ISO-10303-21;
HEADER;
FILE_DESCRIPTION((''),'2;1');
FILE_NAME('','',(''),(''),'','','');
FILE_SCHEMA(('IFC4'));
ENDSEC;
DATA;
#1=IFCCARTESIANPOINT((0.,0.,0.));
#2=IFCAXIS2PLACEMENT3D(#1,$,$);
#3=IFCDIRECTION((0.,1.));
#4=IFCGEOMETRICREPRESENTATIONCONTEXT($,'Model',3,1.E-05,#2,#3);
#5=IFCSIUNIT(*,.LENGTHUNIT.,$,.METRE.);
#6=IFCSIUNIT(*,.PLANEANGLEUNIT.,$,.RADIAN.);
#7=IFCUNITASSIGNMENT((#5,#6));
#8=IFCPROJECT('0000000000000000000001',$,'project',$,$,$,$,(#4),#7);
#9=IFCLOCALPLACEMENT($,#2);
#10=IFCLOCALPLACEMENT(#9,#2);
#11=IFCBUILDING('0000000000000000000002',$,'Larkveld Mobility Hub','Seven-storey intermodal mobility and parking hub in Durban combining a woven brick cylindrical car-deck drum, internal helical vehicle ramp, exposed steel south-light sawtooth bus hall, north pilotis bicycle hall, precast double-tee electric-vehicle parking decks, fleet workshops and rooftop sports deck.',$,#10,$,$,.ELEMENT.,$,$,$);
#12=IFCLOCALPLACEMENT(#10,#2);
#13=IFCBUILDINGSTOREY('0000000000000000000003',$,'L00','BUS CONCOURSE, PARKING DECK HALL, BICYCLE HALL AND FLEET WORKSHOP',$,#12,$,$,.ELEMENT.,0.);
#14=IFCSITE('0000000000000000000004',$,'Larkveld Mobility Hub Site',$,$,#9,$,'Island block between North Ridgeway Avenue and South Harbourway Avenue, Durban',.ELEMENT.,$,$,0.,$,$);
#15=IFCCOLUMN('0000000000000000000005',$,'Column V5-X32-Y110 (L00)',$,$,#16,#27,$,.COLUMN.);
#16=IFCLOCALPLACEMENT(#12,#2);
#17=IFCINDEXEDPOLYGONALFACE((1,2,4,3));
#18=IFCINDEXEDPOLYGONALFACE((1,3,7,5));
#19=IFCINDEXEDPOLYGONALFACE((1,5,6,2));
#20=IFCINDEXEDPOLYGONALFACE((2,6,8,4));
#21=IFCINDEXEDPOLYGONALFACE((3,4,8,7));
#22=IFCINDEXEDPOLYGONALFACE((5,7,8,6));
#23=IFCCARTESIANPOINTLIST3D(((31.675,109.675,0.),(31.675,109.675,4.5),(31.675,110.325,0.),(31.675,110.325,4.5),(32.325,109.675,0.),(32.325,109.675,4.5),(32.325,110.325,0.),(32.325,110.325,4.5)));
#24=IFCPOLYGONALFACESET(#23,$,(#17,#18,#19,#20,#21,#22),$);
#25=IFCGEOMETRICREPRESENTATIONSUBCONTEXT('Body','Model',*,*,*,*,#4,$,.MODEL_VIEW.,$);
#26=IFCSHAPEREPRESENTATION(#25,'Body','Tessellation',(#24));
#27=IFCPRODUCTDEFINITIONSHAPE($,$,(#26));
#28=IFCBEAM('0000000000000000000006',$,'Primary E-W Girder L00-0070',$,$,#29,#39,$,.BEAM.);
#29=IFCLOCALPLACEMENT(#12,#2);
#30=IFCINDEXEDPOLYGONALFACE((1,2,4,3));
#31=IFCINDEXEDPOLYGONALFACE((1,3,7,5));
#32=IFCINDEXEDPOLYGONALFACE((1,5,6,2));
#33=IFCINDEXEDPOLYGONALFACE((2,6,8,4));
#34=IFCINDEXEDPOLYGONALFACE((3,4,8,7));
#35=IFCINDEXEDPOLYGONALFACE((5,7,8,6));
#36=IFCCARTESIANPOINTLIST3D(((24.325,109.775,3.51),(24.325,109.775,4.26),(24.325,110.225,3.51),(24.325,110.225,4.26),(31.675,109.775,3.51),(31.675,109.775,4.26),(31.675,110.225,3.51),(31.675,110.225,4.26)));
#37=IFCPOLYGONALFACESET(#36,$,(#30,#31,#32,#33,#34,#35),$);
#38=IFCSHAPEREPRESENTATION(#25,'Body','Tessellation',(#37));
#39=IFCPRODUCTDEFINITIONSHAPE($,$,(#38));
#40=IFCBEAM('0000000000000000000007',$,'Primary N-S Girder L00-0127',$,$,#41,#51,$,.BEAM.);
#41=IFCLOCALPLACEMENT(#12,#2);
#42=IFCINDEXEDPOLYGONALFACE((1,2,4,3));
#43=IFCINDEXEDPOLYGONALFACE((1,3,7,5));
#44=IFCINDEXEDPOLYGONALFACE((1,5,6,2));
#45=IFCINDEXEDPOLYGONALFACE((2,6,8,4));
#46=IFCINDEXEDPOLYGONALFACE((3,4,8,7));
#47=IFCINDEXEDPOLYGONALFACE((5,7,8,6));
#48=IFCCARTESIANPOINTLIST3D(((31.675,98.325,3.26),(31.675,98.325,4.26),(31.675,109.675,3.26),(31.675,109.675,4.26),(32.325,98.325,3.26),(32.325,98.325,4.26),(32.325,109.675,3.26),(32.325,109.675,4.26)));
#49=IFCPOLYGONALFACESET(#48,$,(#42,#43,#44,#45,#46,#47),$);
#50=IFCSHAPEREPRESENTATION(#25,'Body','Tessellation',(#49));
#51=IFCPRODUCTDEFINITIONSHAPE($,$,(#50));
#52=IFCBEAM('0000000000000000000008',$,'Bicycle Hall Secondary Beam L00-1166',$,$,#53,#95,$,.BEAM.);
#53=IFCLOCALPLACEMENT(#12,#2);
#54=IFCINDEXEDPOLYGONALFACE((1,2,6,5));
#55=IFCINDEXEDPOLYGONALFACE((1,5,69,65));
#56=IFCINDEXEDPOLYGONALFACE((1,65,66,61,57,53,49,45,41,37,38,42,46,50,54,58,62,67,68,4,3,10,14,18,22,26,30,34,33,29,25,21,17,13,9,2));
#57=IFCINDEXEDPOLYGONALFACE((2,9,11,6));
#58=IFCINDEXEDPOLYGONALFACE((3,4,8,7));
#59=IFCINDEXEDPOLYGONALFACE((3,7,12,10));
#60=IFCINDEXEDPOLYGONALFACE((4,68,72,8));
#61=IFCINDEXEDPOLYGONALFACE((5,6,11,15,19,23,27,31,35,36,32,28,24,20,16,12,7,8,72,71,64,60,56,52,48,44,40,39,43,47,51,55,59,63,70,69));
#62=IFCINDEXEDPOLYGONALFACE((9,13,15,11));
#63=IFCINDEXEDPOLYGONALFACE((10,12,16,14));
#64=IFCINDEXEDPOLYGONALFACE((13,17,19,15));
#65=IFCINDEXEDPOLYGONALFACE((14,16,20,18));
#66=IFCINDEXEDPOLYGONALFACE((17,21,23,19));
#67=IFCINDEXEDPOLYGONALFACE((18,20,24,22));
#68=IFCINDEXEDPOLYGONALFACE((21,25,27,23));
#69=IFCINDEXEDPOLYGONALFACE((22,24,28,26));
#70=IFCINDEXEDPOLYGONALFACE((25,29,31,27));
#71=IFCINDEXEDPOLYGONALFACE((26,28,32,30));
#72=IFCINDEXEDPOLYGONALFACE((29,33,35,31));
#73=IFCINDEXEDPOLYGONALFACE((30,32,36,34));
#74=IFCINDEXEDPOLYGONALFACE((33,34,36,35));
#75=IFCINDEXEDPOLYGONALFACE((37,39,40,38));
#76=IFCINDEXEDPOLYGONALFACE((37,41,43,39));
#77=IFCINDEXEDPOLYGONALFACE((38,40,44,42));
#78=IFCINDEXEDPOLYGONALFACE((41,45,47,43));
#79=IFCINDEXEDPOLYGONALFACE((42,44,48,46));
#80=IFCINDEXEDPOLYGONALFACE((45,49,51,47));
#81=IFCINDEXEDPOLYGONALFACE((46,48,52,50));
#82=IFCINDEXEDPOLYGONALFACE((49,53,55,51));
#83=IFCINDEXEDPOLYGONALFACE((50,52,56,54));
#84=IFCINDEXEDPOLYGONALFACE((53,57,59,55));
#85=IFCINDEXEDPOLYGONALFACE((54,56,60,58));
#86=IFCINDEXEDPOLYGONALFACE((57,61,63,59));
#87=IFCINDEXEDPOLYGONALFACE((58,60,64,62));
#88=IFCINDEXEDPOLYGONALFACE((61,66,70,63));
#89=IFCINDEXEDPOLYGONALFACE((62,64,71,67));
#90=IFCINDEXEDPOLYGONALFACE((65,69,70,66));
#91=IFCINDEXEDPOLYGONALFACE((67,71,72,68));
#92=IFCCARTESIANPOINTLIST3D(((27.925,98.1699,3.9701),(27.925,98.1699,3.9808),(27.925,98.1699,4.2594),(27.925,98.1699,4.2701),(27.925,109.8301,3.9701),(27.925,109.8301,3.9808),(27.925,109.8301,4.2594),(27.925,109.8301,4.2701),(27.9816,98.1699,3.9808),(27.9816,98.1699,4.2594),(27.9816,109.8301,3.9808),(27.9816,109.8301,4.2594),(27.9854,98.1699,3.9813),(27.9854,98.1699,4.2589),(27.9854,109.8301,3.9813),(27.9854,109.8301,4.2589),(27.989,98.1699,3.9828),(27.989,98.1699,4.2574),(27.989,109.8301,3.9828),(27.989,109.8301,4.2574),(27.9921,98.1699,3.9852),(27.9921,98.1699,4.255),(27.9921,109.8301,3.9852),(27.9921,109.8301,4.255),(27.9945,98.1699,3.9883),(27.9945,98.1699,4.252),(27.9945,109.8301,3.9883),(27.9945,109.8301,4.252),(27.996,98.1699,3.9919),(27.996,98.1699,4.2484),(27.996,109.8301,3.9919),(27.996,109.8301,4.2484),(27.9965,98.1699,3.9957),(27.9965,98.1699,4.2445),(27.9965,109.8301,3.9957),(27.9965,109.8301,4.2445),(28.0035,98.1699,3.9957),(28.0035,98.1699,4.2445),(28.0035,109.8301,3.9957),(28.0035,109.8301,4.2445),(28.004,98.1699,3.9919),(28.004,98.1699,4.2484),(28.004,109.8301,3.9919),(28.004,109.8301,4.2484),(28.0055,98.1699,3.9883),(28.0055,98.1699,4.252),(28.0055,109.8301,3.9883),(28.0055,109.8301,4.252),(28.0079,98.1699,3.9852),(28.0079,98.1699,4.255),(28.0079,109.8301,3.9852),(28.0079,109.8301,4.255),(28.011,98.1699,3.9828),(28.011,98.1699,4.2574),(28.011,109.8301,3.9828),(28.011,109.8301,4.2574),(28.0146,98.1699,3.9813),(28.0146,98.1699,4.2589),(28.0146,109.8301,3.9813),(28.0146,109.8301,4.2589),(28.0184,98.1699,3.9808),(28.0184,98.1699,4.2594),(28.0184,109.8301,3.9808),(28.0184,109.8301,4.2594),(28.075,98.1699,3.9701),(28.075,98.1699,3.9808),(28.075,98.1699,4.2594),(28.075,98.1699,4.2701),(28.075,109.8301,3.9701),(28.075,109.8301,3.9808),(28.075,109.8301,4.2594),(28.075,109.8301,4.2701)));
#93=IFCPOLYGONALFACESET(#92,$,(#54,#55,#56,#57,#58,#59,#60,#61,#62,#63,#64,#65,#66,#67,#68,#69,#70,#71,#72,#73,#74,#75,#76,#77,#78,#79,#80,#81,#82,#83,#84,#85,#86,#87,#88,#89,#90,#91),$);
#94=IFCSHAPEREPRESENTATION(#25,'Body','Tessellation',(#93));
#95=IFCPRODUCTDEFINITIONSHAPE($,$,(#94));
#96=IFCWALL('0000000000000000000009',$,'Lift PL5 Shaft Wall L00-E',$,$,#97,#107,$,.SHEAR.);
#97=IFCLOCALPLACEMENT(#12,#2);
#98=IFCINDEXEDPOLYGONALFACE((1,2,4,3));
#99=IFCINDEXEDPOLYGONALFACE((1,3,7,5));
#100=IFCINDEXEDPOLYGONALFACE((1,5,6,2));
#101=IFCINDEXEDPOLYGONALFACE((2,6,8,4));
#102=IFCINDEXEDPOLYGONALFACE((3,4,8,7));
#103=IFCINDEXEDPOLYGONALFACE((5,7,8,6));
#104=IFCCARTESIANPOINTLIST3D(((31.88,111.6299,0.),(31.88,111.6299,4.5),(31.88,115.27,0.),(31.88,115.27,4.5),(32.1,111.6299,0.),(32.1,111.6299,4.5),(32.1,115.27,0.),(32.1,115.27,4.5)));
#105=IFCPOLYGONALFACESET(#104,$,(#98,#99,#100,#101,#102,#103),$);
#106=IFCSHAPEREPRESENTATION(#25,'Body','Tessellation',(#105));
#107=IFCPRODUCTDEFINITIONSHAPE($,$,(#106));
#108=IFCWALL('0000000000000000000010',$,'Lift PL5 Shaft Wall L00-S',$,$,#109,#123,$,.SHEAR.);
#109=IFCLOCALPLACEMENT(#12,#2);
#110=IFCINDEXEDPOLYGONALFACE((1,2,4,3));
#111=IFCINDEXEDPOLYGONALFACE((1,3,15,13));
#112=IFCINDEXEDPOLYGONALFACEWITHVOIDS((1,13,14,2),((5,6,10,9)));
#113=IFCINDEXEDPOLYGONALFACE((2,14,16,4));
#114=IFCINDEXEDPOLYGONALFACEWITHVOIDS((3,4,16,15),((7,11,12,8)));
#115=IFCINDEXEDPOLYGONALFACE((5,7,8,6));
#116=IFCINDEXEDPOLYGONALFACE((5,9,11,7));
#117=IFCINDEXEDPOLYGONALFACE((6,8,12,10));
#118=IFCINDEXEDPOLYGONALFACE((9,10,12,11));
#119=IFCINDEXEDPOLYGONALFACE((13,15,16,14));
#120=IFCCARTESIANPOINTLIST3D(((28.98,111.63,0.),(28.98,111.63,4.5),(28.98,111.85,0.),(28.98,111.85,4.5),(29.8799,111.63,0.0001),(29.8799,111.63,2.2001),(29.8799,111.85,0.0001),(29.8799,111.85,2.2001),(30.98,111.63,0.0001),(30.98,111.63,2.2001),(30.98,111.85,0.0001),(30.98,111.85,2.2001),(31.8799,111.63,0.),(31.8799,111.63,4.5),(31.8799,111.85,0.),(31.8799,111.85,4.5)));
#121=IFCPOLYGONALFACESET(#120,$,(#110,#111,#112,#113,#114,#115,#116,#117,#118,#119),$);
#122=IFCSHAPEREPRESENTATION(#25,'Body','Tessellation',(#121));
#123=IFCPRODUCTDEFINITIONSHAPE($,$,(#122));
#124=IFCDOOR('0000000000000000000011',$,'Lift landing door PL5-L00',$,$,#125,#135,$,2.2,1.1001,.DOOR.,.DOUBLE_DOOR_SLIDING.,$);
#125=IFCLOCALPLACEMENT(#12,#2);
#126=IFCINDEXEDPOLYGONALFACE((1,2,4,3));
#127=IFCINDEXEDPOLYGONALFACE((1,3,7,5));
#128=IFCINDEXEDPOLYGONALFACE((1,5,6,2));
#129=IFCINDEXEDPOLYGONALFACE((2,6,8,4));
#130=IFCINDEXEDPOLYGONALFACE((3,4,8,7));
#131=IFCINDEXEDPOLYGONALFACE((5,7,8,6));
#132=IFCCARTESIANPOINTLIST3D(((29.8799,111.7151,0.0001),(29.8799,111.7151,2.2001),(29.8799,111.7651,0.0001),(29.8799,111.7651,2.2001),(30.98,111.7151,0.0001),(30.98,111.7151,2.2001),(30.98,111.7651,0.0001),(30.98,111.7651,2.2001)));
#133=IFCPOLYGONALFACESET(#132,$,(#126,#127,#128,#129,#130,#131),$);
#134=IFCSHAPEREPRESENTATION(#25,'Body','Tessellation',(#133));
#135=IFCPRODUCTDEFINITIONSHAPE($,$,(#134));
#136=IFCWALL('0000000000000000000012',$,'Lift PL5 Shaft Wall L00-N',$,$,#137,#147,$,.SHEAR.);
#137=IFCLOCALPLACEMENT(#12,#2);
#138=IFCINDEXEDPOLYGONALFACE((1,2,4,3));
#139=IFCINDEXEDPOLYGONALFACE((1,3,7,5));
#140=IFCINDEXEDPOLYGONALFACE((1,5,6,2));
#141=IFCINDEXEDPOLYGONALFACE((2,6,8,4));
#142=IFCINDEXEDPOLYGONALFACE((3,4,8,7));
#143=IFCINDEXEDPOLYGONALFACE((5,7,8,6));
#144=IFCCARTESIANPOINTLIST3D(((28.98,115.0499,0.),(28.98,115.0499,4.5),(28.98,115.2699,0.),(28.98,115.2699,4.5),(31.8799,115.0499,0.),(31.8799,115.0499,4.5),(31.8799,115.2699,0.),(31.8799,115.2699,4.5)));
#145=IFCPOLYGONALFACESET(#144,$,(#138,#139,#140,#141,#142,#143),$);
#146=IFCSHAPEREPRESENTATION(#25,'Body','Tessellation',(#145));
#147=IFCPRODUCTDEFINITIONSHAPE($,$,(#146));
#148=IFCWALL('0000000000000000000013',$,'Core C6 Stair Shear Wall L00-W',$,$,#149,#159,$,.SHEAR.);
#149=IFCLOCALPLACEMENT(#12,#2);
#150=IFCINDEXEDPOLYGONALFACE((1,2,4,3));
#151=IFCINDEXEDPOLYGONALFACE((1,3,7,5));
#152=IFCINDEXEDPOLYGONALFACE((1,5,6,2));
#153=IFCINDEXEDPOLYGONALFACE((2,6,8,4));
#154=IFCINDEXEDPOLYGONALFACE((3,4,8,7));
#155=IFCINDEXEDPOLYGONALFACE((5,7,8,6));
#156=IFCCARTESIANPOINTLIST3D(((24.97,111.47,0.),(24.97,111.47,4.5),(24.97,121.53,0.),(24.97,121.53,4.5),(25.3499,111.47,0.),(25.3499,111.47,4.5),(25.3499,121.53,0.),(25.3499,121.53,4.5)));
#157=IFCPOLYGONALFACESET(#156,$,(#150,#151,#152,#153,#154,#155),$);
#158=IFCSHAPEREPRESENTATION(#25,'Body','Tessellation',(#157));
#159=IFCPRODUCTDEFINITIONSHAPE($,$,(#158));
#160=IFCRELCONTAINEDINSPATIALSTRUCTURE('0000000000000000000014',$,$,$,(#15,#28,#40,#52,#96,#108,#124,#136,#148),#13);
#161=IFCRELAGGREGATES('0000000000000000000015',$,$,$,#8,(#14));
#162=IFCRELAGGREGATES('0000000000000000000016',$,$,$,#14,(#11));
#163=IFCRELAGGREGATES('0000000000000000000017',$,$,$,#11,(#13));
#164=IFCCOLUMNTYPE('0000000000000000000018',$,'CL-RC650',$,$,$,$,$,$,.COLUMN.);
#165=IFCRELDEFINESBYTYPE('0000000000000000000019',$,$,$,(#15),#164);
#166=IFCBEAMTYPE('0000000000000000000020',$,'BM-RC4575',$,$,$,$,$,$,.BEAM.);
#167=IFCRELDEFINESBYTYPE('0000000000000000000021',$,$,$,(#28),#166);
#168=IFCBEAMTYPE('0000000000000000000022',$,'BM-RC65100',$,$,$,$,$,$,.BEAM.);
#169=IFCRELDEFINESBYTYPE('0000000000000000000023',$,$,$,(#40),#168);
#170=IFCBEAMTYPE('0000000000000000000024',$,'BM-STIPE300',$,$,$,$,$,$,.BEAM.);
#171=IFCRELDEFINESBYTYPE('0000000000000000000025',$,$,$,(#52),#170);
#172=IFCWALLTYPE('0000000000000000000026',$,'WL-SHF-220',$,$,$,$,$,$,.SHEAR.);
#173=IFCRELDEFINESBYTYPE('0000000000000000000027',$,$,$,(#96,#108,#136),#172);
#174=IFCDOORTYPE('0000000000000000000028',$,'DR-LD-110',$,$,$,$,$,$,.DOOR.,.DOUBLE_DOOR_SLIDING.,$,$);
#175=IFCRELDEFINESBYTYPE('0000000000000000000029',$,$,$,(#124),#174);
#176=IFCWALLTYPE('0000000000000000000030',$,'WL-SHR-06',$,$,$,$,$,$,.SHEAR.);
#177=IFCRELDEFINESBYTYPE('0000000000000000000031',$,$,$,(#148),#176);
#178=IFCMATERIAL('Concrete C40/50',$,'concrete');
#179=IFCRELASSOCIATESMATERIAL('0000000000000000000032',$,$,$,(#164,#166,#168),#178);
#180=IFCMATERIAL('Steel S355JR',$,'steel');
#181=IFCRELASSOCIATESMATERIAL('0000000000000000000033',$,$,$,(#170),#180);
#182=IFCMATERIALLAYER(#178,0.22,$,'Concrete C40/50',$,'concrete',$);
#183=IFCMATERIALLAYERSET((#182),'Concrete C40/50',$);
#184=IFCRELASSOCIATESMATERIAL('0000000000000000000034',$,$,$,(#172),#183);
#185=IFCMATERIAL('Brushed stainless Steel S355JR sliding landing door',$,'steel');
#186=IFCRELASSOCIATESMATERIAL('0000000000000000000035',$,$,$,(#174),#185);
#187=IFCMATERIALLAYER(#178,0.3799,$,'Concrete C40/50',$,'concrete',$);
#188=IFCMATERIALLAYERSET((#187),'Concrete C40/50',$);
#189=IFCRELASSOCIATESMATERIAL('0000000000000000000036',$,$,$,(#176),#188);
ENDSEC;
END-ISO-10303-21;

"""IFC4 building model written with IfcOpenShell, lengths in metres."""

from ifc_helpers import new_model, si_unit, direction, frame, frame_2d, origin, origin_2d, place, context, subcontext, project, spatial, rectangle, i_section, extrude, material, layer, layer_set, material_profile, profile_set, type_object, element, fill, save


model = new_model("IFC4")

# Units and contexts
model_context = context("Model", 3, precision=1e-05, world=origin(), true_north=direction((0.0, 1.0)))
body_context = subcontext(model_context, "Body", "Model", "MODEL_VIEW")
ifc_project = project(units=[si_unit("LENGTHUNIT", "METRE"), si_unit("PLANEANGLEUNIT", "RADIAN")], contexts=[model_context])

# Site, building, storey
site_placement = place(None, origin())
site = spatial("IfcSite", under=ifc_project, at=site_placement, Name="Larkveld Mobility Hub Site", LongName="Island block between North Ridgeway Avenue and South Harbourway Avenue, Durban", CompositionType="ELEMENT", RefElevation=0.0)
building_placement = place(site_placement, origin())
building = spatial("IfcBuilding", under=site, at=building_placement, Name="Larkveld Mobility Hub", Description="Seven-storey intermodal mobility and parking hub in Durban combining a woven brick cylindrical car-deck drum, internal helical vehicle ramp, exposed steel south-light sawtooth bus hall, north pilotis bicycle hall, precast double-tee electric-vehicle parking decks, fleet workshops and rooftop sports deck.", CompositionType="ELEMENT")
storey_placement = place(building_placement, origin())
storey = spatial("IfcBuildingStorey", under=building, at=storey_placement, Name="L00", Description="BUS CONCOURSE, PARKING DECK HALL, BICYCLE HALL AND FLEET WORKSHOP", CompositionType="ELEMENT", Elevation=0.0)

# Column
ifc_material_1 = material(Name="Concrete C40/50", Category="concrete")
ifc_material_profile_1 = material_profile(ifc_material_1, rectangle(XDim=0.6499, YDim=0.6499, at=origin_2d()), Name="RC COL 650x650")
ifc_profile_set_1 = profile_set([ifc_material_profile_1], Name="Concrete C40/50")
column_type = type_object("IfcColumnType", Name="CL-RC650", PredefinedType="COLUMN", material=ifc_profile_set_1)
column_placement = place(storey_placement, frame((32.0, 110.0, 0.0), z_axis=(0.0, 0.0, 1.0), x_axis=(1.0, 0.0, 0.0)))
element("IfcColumn", 1, at=column_placement, inside=storey, type_object=column_type, Name="Column V5-X32-Y110 (L00)", PredefinedType="COLUMN", context=body_context, shape_type="SweptSolid", body=[
    extrude(rectangle(XDim=0.6499, YDim=0.6499, at=origin_2d()), origin(), (0.0, 0.0, 1.0), 4.5),
])

# Beams
ifc_material_profile_2 = material_profile(ifc_material_1, rectangle(XDim=0.45, YDim=0.75, at=origin_2d()), Name="RC BM 450x750")
ifc_profile_set_2 = profile_set([ifc_material_profile_2], Name="Concrete C40/50")
beam_type_1 = type_object("IfcBeamType", Name="BM-RC4575", PredefinedType="BEAM", material=ifc_profile_set_2)
beam_1_placement = place(storey_placement, frame((24.325, 110.0, 3.885), z_axis=(1.0, 0.0, 0.0), x_axis=(0.0, 1.0, 0.0)))
element("IfcBeam", 2, at=beam_1_placement, inside=storey, type_object=beam_type_1, Name="Primary E-W Girder L00-0070", PredefinedType="BEAM", context=body_context, shape_type="SweptSolid", body=[
    extrude(rectangle(XDim=0.45, YDim=0.75, at=origin_2d()), origin(), (0.0, 0.0, 1.0), 7.3501),
])
ifc_material_profile_3 = material_profile(ifc_material_1, rectangle(XDim=0.6499, YDim=1.0, at=origin_2d()), Name="RC BM 650x1000")
ifc_profile_set_3 = profile_set([ifc_material_profile_3], Name="Concrete C40/50")
beam_type_2 = type_object("IfcBeamType", Name="BM-RC65100", PredefinedType="BEAM", material=ifc_profile_set_3)
beam_2_placement = place(storey_placement, frame((32.0, 98.325, 3.76), z_axis=(0.0, 1.0, 0.0), x_axis=(-1.0, 0.0, 0.0)))
element("IfcBeam", 3, at=beam_2_placement, inside=storey, type_object=beam_type_2, Name="Primary N-S Girder L00-0127", PredefinedType="BEAM", context=body_context, shape_type="SweptSolid", body=[
    extrude(rectangle(XDim=0.6499, YDim=1.0, at=origin_2d()), origin(), (0.0, 0.0, 1.0), 11.3501),
])
ifc_material_2 = material(Name="Steel S355JR", Category="steel")
ifc_material_profile_4 = material_profile(ifc_material_2, i_section(OverallWidth=0.1499, OverallDepth=0.3, WebThickness=0.0071, FlangeThickness=0.0107, FilletRadius=0.0149, at=origin_2d()), Name="IPE 300")
ifc_profile_set_4 = profile_set([ifc_material_profile_4], Name="Steel S355JR")
beam_type_3 = type_object("IfcBeamType", Name="BM-STIPE300", PredefinedType="BEAM", material=ifc_profile_set_4)
beam_3_placement = place(storey_placement, frame((28.0, 98.1699, 4.1201), z_axis=(0.0, 1.0, 0.0), x_axis=(-1.0, 0.0, 0.0)))
element("IfcBeam", 4, at=beam_3_placement, inside=storey, type_object=beam_type_3, Name="Bicycle Hall Secondary Beam L00-1166", PredefinedType="BEAM", context=body_context, shape_type="SweptSolid", body=[
    extrude(i_section(OverallWidth=0.1499, OverallDepth=0.3, WebThickness=0.0071, FlangeThickness=0.0107, FilletRadius=0.0149, at=origin_2d()), origin(), (0.0, 0.0, 1.0), 11.6602),
])

# Wall
ifc_layer_1 = layer(ifc_material_1, 0.22, Name="Concrete C40/50", Category="concrete")
ifc_layer_set_1 = layer_set([ifc_layer_1], Name="Concrete C40/50")
wall_type_1 = type_object("IfcWallType", Name="WL-SHF-220", PredefinedType="SHEAR", material=ifc_layer_set_1)
wall_1_placement = place(storey_placement, frame((31.99, 115.27, 0.0), z_axis=(0.0, 0.0, 1.0), x_axis=(0.0, -1.0, 0.0)))
element("IfcWall", 5, at=wall_1_placement, inside=storey, type_object=wall_type_1, Name="Lift PL5 Shaft Wall L00-E", PredefinedType="SHEAR", context=body_context, shape_type="SweptSolid", body=[
    extrude(rectangle(XDim=3.6401, YDim=0.22, at=frame_2d((1.8201, 0.0))), origin(), (0.0, 0.0, 1.0), 4.5),
])

# Wall, opening, door
wall_2_placement = place(storey_placement, frame((31.8799, 111.74, 0.0), z_axis=(0.0, 0.0, 1.0), x_axis=(-1.0, 0.0, 0.0)))
wall_2 = element("IfcWall", 6, at=wall_2_placement, inside=storey, type_object=wall_type_1, Name="Lift PL5 Shaft Wall L00-S", PredefinedType="SHEAR", context=body_context, shape_type="SweptSolid", body=[
    extrude(rectangle(XDim=2.8999, YDim=0.22, at=frame_2d((1.45, 0.0))), origin(), (0.0, 0.0, 1.0), 4.5),
])
opening_1_placement = place(wall_2_placement, frame((0.8999, 0.0, 0.0)))
opening_1 = element("IfcOpeningElement", 7, at=opening_1_placement, cuts=wall_2, PredefinedType="OPENING", context=body_context, shape_type="SweptSolid", body=[
    extrude(rectangle(XDim=1.1001, YDim=2.2, at=frame_2d((0.55, 1.1001))), frame((0.0, 0.1201, 0.0), z_axis=(0.0, -1.0, 0.0), x_axis=(1.0, 0.0, 0.0)), (0.0, 0.0, 1.0), 0.24),
])
ifc_material_3 = material(Name="Brushed stainless Steel S355JR sliding landing door", Category="steel")
door_type_1 = type_object("IfcDoorType", Name="DR-LD-110", OperationType="DOUBLE_DOOR_SLIDING", PredefinedType="DOOR", material=ifc_material_3)
door_1_placement = place(opening_1_placement, origin())
door_1 = element("IfcDoor", 8, at=door_1_placement, inside=storey, type_object=door_type_1, Name="Lift landing door PL5-L00", OperationType="DOUBLE_DOOR_SLIDING", OverallHeight=2.2, OverallWidth=1.1001, PredefinedType="DOOR", context=body_context, shape_type="SweptSolid", body=[
    extrude(rectangle(XDim=1.1001, YDim=2.2, at=frame_2d((0.55, 1.1001))), frame((0.0, 0.0249, 0.0), z_axis=(0.0, -1.0, 0.0), x_axis=(1.0, 0.0, 0.0)), (0.0, 0.0, 1.0), 0.05),
])
fill(opening_1, door_1)

# Walls
wall_3_placement = place(storey_placement, frame((28.98, 115.1599, 0.0), z_axis=(0.0, 0.0, 1.0), x_axis=(1.0, 0.0, 0.0)))
element("IfcWall", 9, at=wall_3_placement, inside=storey, type_object=wall_type_1, Name="Lift PL5 Shaft Wall L00-N", PredefinedType="SHEAR", context=body_context, shape_type="SweptSolid", body=[
    extrude(rectangle(XDim=2.8999, YDim=0.22, at=frame_2d((1.45, 0.0))), origin(), (0.0, 0.0, 1.0), 4.5),
])
ifc_layer_2 = layer(ifc_material_1, 0.3799, Name="Concrete C40/50", Category="concrete")
ifc_layer_set_2 = layer_set([ifc_layer_2], Name="Concrete C40/50")
wall_type_2 = type_object("IfcWallType", Name="WL-SHR-06", PredefinedType="SHEAR", material=ifc_layer_set_2)
wall_4_placement = place(storey_placement, frame((25.1599, 111.47, 0.0), z_axis=(0.0, 0.0, 1.0), x_axis=(0.0, 1.0, 0.0)))
element("IfcWall", 10, at=wall_4_placement, inside=storey, type_object=wall_type_2, Name="Core C6 Stair Shear Wall L00-W", PredefinedType="SHEAR", context=body_context, shape_type="SweptSolid", body=[
    extrude(rectangle(XDim=10.0601, YDim=0.3799, at=frame_2d((5.03, 0.0))), origin(), (0.0, 0.0, 1.0), 4.5),
])

save(model, "model.ifc")
